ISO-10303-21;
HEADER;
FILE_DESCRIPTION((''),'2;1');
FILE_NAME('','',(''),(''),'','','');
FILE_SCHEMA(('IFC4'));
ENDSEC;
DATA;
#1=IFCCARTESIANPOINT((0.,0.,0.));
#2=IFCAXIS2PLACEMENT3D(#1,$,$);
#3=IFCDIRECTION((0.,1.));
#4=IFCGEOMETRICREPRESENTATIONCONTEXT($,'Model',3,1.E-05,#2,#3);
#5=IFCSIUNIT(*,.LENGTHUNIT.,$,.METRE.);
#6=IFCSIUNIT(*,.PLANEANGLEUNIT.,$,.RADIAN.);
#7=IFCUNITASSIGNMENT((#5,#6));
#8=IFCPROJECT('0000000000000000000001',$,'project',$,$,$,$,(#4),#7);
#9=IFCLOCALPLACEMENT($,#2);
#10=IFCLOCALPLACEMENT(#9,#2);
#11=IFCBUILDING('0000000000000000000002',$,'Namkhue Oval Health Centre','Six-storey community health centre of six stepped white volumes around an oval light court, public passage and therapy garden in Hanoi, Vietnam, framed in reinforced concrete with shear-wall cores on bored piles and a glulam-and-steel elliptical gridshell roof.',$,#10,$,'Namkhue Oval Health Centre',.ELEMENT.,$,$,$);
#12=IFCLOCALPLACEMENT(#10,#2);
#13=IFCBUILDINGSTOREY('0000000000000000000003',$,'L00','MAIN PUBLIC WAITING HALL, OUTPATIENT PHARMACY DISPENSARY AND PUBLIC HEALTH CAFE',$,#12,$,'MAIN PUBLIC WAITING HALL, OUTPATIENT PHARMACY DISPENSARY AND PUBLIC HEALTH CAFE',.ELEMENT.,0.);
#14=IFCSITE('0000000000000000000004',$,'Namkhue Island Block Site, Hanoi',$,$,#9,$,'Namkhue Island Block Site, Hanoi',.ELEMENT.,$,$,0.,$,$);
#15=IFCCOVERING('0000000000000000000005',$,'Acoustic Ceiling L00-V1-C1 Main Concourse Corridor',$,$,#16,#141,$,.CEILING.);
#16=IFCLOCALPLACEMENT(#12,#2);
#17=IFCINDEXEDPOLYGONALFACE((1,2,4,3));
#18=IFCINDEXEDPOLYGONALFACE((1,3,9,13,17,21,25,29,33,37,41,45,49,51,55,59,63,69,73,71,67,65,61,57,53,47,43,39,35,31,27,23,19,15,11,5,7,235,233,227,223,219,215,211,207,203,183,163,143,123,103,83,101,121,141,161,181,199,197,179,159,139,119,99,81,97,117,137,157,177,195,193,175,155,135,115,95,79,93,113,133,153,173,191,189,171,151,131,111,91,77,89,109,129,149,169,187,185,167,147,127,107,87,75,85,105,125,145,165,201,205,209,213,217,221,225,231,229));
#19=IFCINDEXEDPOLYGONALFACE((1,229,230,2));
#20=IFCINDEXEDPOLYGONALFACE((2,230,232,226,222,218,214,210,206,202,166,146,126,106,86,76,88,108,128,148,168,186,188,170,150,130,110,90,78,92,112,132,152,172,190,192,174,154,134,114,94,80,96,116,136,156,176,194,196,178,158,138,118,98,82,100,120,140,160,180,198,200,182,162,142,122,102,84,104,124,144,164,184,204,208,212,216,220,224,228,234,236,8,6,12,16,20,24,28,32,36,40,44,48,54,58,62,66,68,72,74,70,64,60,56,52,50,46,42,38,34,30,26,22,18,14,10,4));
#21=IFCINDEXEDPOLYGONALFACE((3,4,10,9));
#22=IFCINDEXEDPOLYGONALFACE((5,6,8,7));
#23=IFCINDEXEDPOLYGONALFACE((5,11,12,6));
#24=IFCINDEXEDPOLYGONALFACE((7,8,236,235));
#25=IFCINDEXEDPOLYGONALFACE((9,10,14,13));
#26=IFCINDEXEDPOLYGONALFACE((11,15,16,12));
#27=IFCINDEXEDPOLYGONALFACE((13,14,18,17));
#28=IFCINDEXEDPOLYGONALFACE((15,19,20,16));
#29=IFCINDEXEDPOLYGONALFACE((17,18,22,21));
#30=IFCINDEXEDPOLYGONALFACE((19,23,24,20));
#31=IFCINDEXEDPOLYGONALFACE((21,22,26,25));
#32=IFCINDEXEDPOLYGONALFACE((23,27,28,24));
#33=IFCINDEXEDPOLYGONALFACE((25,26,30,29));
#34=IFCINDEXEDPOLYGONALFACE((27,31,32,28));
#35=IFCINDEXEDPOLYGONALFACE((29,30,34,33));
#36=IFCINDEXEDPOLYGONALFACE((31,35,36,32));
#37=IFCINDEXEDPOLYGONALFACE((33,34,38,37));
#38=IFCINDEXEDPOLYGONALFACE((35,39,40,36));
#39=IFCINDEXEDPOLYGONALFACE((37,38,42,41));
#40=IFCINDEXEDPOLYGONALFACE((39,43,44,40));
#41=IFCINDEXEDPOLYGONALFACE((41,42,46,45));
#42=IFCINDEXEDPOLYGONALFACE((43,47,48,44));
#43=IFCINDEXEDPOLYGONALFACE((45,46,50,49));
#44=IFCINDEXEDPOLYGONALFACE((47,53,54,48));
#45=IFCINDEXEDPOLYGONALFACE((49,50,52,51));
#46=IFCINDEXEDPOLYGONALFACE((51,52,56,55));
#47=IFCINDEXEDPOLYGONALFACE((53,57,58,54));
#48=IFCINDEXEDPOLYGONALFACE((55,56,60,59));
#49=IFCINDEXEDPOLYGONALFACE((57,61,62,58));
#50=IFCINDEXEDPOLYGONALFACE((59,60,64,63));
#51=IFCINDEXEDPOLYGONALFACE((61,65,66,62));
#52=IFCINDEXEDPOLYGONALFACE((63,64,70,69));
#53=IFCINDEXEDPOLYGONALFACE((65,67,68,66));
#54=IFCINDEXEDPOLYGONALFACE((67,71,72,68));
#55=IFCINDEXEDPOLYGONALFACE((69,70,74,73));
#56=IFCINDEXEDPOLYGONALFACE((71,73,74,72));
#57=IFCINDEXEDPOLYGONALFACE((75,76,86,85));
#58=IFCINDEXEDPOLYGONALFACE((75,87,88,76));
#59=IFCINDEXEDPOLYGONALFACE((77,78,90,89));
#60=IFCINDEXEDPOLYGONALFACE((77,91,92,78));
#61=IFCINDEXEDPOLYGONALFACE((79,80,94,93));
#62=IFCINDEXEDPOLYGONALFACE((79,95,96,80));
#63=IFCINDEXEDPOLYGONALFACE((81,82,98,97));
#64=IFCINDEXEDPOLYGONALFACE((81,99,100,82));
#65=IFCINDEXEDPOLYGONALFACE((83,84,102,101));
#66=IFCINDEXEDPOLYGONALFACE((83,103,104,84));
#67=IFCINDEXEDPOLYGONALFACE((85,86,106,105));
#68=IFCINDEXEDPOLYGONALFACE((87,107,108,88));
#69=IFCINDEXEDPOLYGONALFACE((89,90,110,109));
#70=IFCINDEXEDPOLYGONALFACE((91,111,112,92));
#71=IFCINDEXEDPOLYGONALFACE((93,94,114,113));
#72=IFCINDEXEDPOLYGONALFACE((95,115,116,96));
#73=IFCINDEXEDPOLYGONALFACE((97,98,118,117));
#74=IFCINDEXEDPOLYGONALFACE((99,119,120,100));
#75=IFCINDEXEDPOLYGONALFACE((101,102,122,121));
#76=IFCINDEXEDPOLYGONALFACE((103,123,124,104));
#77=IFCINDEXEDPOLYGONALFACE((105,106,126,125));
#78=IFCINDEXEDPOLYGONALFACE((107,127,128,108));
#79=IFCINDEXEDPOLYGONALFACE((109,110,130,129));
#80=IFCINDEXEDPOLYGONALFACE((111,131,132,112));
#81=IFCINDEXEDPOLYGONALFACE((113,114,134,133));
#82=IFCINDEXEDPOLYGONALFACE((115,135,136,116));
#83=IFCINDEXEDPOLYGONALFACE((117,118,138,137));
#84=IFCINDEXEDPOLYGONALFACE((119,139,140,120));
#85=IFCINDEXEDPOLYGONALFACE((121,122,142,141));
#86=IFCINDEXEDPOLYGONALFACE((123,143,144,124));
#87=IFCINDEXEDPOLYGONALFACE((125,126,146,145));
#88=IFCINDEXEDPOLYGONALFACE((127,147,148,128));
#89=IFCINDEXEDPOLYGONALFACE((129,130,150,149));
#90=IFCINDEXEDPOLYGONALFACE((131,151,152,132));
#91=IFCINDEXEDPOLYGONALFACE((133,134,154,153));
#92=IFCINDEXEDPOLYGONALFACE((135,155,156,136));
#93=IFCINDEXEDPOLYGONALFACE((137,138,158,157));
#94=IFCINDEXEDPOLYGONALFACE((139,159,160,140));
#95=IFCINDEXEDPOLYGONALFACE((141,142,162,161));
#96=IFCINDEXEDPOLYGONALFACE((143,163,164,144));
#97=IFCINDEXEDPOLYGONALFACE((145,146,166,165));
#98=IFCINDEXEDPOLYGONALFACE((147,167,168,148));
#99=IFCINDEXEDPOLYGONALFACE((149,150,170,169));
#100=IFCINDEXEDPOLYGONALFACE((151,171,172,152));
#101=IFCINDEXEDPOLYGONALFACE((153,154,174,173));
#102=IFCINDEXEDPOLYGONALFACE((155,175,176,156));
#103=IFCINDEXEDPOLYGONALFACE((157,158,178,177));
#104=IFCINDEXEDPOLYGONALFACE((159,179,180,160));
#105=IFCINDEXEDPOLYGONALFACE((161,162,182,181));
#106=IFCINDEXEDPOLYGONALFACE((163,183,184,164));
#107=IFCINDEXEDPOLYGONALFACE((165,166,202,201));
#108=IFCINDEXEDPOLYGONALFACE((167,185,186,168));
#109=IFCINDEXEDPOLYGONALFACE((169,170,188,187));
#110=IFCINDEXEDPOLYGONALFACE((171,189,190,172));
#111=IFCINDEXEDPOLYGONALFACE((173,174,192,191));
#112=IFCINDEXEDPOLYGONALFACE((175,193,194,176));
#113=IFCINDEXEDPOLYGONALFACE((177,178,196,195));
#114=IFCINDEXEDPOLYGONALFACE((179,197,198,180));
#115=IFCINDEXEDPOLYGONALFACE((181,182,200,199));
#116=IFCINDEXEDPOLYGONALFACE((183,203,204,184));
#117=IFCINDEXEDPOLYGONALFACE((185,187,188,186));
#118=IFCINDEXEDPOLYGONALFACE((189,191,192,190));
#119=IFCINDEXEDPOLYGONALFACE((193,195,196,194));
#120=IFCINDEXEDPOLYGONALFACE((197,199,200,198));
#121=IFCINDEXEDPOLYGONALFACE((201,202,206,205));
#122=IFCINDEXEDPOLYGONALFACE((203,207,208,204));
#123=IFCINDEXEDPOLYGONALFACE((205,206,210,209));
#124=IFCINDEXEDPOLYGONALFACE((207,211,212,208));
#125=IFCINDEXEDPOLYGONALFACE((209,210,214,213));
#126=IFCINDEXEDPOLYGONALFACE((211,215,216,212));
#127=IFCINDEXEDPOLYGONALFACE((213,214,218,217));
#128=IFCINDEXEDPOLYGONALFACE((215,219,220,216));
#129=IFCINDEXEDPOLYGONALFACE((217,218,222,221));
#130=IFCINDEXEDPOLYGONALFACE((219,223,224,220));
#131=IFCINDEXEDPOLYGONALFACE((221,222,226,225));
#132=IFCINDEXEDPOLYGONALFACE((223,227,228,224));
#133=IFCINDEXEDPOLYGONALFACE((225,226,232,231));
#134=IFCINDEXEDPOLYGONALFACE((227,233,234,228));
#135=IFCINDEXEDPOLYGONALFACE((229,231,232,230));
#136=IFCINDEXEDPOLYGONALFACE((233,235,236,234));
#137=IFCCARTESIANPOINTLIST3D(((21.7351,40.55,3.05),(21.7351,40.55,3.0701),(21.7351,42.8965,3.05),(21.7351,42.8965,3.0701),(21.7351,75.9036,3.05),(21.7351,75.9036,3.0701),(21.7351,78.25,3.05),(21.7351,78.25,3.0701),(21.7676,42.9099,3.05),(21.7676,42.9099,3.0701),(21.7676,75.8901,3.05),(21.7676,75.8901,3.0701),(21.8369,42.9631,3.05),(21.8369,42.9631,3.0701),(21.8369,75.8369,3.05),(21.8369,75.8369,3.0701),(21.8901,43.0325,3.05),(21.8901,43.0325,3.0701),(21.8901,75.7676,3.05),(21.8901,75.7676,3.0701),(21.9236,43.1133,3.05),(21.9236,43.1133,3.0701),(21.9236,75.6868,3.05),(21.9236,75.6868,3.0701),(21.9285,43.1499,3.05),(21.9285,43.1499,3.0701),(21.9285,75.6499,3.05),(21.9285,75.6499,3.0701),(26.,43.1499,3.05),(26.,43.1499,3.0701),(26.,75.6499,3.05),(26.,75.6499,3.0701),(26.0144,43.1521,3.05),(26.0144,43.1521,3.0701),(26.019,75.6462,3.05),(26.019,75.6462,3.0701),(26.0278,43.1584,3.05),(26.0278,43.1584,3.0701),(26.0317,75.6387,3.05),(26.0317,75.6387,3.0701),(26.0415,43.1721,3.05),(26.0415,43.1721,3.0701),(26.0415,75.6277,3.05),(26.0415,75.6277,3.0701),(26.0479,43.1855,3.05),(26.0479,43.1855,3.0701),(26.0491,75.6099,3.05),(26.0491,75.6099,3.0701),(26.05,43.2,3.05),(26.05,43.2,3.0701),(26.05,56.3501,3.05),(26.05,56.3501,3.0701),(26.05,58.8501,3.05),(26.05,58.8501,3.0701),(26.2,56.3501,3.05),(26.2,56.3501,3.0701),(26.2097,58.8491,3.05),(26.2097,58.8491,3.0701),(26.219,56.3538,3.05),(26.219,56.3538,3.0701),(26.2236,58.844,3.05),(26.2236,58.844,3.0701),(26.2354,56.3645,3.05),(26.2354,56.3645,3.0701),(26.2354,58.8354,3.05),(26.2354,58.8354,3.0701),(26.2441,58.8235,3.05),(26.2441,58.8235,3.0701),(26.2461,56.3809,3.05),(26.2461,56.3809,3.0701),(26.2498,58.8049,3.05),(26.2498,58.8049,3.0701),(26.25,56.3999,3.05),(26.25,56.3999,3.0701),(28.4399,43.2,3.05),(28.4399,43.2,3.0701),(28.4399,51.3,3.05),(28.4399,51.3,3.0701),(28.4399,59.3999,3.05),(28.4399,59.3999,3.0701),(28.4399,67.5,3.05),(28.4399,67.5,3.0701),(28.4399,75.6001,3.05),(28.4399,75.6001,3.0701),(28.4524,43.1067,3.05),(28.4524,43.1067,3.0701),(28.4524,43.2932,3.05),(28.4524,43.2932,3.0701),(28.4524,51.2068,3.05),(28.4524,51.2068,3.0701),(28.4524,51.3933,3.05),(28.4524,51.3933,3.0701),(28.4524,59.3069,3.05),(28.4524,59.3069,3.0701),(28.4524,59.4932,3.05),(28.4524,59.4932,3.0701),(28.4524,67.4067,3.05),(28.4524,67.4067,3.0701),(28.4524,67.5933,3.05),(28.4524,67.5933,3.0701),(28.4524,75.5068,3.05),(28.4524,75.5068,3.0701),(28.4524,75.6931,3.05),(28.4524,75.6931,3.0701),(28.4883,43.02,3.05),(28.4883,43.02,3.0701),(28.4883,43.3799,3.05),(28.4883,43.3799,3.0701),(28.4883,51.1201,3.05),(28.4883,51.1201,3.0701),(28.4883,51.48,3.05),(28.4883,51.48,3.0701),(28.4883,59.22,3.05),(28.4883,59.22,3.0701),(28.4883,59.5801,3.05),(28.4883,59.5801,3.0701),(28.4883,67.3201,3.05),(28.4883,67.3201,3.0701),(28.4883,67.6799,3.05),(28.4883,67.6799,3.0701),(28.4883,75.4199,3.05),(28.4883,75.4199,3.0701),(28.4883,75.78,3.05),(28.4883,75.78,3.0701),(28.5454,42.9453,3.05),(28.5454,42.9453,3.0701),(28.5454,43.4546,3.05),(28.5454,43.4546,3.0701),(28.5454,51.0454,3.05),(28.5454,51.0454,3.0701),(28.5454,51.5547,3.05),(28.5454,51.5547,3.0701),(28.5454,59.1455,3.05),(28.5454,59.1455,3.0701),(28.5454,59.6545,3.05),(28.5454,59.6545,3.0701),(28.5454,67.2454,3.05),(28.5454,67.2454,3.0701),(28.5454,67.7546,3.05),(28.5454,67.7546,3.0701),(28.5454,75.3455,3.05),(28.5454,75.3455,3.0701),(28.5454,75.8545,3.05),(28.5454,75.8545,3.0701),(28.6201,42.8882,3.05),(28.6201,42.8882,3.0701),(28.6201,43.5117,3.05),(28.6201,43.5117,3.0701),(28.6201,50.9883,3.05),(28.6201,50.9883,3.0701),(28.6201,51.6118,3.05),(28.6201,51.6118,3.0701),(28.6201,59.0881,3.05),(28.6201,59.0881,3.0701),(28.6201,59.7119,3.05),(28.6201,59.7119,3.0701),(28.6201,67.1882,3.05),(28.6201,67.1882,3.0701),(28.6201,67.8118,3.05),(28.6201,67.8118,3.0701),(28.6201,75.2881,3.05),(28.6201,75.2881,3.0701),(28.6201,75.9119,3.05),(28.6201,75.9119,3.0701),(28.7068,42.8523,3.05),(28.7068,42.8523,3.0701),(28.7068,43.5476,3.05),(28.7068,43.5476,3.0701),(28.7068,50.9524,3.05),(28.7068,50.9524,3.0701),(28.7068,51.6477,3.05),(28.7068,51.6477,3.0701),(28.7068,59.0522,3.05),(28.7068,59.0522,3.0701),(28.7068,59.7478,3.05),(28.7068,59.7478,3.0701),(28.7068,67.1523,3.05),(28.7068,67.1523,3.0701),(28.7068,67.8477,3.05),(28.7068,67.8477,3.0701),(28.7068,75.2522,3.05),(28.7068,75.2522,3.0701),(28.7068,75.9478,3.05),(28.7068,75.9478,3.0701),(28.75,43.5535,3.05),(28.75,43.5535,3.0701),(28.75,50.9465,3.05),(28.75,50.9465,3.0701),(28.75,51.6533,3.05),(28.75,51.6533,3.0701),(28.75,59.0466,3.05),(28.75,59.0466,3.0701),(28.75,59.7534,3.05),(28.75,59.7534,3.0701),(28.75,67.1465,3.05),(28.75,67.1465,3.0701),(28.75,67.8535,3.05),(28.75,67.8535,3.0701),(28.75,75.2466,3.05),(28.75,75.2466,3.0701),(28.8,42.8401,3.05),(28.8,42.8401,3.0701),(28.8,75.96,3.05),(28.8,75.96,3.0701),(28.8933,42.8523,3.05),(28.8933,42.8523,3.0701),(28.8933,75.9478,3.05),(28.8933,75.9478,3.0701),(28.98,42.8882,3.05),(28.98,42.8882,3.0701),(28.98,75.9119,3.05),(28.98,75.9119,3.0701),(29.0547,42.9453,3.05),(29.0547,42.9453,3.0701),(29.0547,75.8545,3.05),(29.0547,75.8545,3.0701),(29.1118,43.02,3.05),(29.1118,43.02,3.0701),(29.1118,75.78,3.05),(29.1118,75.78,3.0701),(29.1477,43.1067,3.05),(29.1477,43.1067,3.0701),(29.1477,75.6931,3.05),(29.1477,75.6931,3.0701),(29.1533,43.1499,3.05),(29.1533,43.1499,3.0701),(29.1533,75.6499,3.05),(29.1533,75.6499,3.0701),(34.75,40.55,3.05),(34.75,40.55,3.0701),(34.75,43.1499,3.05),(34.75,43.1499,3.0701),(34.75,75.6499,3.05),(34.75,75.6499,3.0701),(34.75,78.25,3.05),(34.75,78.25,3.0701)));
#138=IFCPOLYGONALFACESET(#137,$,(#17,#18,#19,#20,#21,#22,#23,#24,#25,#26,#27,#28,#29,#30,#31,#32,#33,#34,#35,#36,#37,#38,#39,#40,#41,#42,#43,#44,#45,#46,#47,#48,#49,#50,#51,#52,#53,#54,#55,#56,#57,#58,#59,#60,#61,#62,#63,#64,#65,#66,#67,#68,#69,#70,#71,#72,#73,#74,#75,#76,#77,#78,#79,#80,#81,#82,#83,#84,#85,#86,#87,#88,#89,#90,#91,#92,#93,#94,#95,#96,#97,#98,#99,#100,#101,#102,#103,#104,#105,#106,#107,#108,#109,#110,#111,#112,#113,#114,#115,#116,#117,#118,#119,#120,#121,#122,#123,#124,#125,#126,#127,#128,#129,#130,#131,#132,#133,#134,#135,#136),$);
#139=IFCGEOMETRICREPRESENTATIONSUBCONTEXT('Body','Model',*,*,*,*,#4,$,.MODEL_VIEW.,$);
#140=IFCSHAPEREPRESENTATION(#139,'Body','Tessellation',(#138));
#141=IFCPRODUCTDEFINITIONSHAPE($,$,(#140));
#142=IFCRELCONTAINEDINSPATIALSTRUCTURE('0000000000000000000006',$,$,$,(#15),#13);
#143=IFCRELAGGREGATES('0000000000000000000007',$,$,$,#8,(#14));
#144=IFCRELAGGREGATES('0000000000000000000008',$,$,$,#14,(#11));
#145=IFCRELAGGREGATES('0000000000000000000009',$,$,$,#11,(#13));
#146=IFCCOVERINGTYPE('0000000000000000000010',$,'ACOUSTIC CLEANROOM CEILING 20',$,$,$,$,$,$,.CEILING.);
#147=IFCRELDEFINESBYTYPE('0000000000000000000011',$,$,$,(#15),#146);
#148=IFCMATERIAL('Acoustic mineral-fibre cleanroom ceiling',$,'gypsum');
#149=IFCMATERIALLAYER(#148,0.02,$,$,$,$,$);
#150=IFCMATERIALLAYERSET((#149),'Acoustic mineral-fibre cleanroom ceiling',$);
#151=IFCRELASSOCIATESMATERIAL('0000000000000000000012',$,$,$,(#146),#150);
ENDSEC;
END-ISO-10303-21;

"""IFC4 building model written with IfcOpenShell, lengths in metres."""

from ifc_helpers import new_model, si_unit, direction, frame, origin, place, context, subcontext, project, spatial, polyline, outline, extrude, material, layer, layer_set, type_object, element, save


model = new_model("IFC4")

# Units and contexts
model_context = context("Model", 3, precision=1e-05, world=origin(), true_north=direction((0.0, 1.0)))
body_context = subcontext(model_context, "Body", "Model", "MODEL_VIEW")
ifc_project = project(units=[si_unit("LENGTHUNIT", "METRE"), si_unit("PLANEANGLEUNIT", "RADIAN")], contexts=[model_context])

# Site, building, storey
site_placement = place(None, origin())
site = spatial("IfcSite", under=ifc_project, at=site_placement, Name="Namkhue Island Block Site, Hanoi", LongName="Namkhue Island Block Site, Hanoi", CompositionType="ELEMENT", RefElevation=0.0)
building_placement = place(site_placement, origin())
building = spatial("IfcBuilding", under=site, at=building_placement, Name="Namkhue Oval Health Centre", Description="Six-storey community health centre of six stepped white volumes around an oval light court, public passage and therapy garden in Hanoi, Vietnam, framed in reinforced concrete with shear-wall cores on bored piles and a glulam-and-steel elliptical gridshell roof.", LongName="Namkhue Oval Health Centre", CompositionType="ELEMENT")
storey_placement = place(building_placement, origin())
storey = spatial("IfcBuildingStorey", under=building, at=storey_placement, Name="L00", Description="MAIN PUBLIC WAITING HALL, OUTPATIENT PHARMACY DISPENSARY AND PUBLIC HEALTH CAFE", LongName="MAIN PUBLIC WAITING HALL, OUTPATIENT PHARMACY DISPENSARY AND PUBLIC HEALTH CAFE", CompositionType="ELEMENT", Elevation=0.0)

# Covering
ifc_material_1 = material(Name="Acoustic mineral-fibre cleanroom ceiling", Category="gypsum")
ifc_layer_1 = layer(ifc_material_1, 0.02)
ifc_layer_set_1 = layer_set([ifc_layer_1], Name="Acoustic mineral-fibre cleanroom ceiling")
covering_type = type_object("IfcCoveringType", Name="ACOUSTIC CLEANROOM CEILING 20", PredefinedType="CEILING", material=ifc_layer_set_1)
covering_1_placement = place(storey_placement, frame((0.0, 0.0, 3.05)))
element("IfcCovering", 1, at=covering_1_placement, inside=storey, type_object=covering_type, Name="Acoustic Ceiling L00-V1-C1 Main Concourse Corridor", PredefinedType="CEILING", context=body_context, shape_type="SweptSolid", body=[
    extrude(outline(polyline([(26.2, 56.3501), (26.219, 56.3538), (26.2354, 56.3645), (26.2461, 56.3809), (26.25, 56.3999), (26.2498, 58.8049), (26.2441, 58.8235), (26.2354, 58.8354), (26.2236, 58.844), (26.2097, 58.8491), (26.05, 58.8501), (26.0491, 75.6099), (26.0415, 75.6277), (26.0317, 75.6387), (26.019, 75.6462), (26.0, 75.6499), (21.9285, 75.6499), (21.9236, 75.6868), (21.8901, 75.7676), (21.8369, 75.8369), (21.7676, 75.8901), (21.7351, 75.9036), (21.7351, 78.25), (34.75, 78.25), (34.75, 75.6499), (29.1533, 75.6499), (29.1477, 75.6931), (29.1118, 75.78), (29.0547, 75.8545), (28.98, 75.9119), (28.8933, 75.9478), (28.8, 75.96), (28.7068, 75.9478), (28.6201, 75.9119), (28.5454, 75.8545), (28.4883, 75.78), (28.4524, 75.6931), (28.4399, 75.6001), (28.4524, 75.5068), (28.4883, 75.4199), (28.5454, 75.3455), (28.6201, 75.2881), (28.7068, 75.2522), (28.75, 75.2466), (28.75, 67.8535), (28.7068, 67.8477), (28.6201, 67.8118), (28.5454, 67.7546), (28.4883, 67.6799), (28.4524, 67.5933), (28.4399, 67.5), (28.4524, 67.4067), (28.4883, 67.3201), (28.5454, 67.2454), (28.6201, 67.1882), (28.7068, 67.1523), (28.75, 67.1465), (28.75, 59.7534), (28.7068, 59.7478), (28.6201, 59.7119), (28.5454, 59.6545), (28.4883, 59.5801), (28.4524, 59.4932), (28.4399, 59.3999), (28.4524, 59.3069), (28.4883, 59.22), (28.5454, 59.1455), (28.6201, 59.0881), (28.7068, 59.0522), (28.75, 59.0466), (28.75, 51.6533), (28.7068, 51.6477), (28.6201, 51.6118), (28.5454, 51.5547), (28.4883, 51.48), (28.4524, 51.3933), (28.4399, 51.3), (28.4524, 51.2068), (28.4883, 51.1201), (28.5454, 51.0454), (28.6201, 50.9883), (28.7068, 50.9524), (28.75, 50.9465), (28.75, 43.5535), (28.7068, 43.5476), (28.6201, 43.5117), (28.5454, 43.4546), (28.4883, 43.3799), (28.4524, 43.2932), (28.4399, 43.2), (28.4524, 43.1067), (28.4883, 43.02), (28.5454, 42.9453), (28.6201, 42.8882), (28.7068, 42.8523), (28.8, 42.8401), (28.8933, 42.8523), (28.98, 42.8882), (29.0547, 42.9453), (29.1118, 43.02), (29.1477, 43.1067), (29.1533, 43.1499), (34.75, 43.1499), (34.75, 40.55), (21.7351, 40.55), (21.7351, 42.8965), (21.7676, 42.9099), (21.8369, 42.9631), (21.8901, 43.0325), (21.9236, 43.1133), (21.9285, 43.1499), (26.0, 43.1499), (26.0144, 43.1521), (26.0278, 43.1584), (26.0415, 43.1721), (26.0479, 43.1855), (26.05, 43.2), (26.05, 56.3501), (26.2, 56.3501)])), origin(), (0.0, 0.0, 1.0), 0.02),
])

save(model, "model.ifc")
